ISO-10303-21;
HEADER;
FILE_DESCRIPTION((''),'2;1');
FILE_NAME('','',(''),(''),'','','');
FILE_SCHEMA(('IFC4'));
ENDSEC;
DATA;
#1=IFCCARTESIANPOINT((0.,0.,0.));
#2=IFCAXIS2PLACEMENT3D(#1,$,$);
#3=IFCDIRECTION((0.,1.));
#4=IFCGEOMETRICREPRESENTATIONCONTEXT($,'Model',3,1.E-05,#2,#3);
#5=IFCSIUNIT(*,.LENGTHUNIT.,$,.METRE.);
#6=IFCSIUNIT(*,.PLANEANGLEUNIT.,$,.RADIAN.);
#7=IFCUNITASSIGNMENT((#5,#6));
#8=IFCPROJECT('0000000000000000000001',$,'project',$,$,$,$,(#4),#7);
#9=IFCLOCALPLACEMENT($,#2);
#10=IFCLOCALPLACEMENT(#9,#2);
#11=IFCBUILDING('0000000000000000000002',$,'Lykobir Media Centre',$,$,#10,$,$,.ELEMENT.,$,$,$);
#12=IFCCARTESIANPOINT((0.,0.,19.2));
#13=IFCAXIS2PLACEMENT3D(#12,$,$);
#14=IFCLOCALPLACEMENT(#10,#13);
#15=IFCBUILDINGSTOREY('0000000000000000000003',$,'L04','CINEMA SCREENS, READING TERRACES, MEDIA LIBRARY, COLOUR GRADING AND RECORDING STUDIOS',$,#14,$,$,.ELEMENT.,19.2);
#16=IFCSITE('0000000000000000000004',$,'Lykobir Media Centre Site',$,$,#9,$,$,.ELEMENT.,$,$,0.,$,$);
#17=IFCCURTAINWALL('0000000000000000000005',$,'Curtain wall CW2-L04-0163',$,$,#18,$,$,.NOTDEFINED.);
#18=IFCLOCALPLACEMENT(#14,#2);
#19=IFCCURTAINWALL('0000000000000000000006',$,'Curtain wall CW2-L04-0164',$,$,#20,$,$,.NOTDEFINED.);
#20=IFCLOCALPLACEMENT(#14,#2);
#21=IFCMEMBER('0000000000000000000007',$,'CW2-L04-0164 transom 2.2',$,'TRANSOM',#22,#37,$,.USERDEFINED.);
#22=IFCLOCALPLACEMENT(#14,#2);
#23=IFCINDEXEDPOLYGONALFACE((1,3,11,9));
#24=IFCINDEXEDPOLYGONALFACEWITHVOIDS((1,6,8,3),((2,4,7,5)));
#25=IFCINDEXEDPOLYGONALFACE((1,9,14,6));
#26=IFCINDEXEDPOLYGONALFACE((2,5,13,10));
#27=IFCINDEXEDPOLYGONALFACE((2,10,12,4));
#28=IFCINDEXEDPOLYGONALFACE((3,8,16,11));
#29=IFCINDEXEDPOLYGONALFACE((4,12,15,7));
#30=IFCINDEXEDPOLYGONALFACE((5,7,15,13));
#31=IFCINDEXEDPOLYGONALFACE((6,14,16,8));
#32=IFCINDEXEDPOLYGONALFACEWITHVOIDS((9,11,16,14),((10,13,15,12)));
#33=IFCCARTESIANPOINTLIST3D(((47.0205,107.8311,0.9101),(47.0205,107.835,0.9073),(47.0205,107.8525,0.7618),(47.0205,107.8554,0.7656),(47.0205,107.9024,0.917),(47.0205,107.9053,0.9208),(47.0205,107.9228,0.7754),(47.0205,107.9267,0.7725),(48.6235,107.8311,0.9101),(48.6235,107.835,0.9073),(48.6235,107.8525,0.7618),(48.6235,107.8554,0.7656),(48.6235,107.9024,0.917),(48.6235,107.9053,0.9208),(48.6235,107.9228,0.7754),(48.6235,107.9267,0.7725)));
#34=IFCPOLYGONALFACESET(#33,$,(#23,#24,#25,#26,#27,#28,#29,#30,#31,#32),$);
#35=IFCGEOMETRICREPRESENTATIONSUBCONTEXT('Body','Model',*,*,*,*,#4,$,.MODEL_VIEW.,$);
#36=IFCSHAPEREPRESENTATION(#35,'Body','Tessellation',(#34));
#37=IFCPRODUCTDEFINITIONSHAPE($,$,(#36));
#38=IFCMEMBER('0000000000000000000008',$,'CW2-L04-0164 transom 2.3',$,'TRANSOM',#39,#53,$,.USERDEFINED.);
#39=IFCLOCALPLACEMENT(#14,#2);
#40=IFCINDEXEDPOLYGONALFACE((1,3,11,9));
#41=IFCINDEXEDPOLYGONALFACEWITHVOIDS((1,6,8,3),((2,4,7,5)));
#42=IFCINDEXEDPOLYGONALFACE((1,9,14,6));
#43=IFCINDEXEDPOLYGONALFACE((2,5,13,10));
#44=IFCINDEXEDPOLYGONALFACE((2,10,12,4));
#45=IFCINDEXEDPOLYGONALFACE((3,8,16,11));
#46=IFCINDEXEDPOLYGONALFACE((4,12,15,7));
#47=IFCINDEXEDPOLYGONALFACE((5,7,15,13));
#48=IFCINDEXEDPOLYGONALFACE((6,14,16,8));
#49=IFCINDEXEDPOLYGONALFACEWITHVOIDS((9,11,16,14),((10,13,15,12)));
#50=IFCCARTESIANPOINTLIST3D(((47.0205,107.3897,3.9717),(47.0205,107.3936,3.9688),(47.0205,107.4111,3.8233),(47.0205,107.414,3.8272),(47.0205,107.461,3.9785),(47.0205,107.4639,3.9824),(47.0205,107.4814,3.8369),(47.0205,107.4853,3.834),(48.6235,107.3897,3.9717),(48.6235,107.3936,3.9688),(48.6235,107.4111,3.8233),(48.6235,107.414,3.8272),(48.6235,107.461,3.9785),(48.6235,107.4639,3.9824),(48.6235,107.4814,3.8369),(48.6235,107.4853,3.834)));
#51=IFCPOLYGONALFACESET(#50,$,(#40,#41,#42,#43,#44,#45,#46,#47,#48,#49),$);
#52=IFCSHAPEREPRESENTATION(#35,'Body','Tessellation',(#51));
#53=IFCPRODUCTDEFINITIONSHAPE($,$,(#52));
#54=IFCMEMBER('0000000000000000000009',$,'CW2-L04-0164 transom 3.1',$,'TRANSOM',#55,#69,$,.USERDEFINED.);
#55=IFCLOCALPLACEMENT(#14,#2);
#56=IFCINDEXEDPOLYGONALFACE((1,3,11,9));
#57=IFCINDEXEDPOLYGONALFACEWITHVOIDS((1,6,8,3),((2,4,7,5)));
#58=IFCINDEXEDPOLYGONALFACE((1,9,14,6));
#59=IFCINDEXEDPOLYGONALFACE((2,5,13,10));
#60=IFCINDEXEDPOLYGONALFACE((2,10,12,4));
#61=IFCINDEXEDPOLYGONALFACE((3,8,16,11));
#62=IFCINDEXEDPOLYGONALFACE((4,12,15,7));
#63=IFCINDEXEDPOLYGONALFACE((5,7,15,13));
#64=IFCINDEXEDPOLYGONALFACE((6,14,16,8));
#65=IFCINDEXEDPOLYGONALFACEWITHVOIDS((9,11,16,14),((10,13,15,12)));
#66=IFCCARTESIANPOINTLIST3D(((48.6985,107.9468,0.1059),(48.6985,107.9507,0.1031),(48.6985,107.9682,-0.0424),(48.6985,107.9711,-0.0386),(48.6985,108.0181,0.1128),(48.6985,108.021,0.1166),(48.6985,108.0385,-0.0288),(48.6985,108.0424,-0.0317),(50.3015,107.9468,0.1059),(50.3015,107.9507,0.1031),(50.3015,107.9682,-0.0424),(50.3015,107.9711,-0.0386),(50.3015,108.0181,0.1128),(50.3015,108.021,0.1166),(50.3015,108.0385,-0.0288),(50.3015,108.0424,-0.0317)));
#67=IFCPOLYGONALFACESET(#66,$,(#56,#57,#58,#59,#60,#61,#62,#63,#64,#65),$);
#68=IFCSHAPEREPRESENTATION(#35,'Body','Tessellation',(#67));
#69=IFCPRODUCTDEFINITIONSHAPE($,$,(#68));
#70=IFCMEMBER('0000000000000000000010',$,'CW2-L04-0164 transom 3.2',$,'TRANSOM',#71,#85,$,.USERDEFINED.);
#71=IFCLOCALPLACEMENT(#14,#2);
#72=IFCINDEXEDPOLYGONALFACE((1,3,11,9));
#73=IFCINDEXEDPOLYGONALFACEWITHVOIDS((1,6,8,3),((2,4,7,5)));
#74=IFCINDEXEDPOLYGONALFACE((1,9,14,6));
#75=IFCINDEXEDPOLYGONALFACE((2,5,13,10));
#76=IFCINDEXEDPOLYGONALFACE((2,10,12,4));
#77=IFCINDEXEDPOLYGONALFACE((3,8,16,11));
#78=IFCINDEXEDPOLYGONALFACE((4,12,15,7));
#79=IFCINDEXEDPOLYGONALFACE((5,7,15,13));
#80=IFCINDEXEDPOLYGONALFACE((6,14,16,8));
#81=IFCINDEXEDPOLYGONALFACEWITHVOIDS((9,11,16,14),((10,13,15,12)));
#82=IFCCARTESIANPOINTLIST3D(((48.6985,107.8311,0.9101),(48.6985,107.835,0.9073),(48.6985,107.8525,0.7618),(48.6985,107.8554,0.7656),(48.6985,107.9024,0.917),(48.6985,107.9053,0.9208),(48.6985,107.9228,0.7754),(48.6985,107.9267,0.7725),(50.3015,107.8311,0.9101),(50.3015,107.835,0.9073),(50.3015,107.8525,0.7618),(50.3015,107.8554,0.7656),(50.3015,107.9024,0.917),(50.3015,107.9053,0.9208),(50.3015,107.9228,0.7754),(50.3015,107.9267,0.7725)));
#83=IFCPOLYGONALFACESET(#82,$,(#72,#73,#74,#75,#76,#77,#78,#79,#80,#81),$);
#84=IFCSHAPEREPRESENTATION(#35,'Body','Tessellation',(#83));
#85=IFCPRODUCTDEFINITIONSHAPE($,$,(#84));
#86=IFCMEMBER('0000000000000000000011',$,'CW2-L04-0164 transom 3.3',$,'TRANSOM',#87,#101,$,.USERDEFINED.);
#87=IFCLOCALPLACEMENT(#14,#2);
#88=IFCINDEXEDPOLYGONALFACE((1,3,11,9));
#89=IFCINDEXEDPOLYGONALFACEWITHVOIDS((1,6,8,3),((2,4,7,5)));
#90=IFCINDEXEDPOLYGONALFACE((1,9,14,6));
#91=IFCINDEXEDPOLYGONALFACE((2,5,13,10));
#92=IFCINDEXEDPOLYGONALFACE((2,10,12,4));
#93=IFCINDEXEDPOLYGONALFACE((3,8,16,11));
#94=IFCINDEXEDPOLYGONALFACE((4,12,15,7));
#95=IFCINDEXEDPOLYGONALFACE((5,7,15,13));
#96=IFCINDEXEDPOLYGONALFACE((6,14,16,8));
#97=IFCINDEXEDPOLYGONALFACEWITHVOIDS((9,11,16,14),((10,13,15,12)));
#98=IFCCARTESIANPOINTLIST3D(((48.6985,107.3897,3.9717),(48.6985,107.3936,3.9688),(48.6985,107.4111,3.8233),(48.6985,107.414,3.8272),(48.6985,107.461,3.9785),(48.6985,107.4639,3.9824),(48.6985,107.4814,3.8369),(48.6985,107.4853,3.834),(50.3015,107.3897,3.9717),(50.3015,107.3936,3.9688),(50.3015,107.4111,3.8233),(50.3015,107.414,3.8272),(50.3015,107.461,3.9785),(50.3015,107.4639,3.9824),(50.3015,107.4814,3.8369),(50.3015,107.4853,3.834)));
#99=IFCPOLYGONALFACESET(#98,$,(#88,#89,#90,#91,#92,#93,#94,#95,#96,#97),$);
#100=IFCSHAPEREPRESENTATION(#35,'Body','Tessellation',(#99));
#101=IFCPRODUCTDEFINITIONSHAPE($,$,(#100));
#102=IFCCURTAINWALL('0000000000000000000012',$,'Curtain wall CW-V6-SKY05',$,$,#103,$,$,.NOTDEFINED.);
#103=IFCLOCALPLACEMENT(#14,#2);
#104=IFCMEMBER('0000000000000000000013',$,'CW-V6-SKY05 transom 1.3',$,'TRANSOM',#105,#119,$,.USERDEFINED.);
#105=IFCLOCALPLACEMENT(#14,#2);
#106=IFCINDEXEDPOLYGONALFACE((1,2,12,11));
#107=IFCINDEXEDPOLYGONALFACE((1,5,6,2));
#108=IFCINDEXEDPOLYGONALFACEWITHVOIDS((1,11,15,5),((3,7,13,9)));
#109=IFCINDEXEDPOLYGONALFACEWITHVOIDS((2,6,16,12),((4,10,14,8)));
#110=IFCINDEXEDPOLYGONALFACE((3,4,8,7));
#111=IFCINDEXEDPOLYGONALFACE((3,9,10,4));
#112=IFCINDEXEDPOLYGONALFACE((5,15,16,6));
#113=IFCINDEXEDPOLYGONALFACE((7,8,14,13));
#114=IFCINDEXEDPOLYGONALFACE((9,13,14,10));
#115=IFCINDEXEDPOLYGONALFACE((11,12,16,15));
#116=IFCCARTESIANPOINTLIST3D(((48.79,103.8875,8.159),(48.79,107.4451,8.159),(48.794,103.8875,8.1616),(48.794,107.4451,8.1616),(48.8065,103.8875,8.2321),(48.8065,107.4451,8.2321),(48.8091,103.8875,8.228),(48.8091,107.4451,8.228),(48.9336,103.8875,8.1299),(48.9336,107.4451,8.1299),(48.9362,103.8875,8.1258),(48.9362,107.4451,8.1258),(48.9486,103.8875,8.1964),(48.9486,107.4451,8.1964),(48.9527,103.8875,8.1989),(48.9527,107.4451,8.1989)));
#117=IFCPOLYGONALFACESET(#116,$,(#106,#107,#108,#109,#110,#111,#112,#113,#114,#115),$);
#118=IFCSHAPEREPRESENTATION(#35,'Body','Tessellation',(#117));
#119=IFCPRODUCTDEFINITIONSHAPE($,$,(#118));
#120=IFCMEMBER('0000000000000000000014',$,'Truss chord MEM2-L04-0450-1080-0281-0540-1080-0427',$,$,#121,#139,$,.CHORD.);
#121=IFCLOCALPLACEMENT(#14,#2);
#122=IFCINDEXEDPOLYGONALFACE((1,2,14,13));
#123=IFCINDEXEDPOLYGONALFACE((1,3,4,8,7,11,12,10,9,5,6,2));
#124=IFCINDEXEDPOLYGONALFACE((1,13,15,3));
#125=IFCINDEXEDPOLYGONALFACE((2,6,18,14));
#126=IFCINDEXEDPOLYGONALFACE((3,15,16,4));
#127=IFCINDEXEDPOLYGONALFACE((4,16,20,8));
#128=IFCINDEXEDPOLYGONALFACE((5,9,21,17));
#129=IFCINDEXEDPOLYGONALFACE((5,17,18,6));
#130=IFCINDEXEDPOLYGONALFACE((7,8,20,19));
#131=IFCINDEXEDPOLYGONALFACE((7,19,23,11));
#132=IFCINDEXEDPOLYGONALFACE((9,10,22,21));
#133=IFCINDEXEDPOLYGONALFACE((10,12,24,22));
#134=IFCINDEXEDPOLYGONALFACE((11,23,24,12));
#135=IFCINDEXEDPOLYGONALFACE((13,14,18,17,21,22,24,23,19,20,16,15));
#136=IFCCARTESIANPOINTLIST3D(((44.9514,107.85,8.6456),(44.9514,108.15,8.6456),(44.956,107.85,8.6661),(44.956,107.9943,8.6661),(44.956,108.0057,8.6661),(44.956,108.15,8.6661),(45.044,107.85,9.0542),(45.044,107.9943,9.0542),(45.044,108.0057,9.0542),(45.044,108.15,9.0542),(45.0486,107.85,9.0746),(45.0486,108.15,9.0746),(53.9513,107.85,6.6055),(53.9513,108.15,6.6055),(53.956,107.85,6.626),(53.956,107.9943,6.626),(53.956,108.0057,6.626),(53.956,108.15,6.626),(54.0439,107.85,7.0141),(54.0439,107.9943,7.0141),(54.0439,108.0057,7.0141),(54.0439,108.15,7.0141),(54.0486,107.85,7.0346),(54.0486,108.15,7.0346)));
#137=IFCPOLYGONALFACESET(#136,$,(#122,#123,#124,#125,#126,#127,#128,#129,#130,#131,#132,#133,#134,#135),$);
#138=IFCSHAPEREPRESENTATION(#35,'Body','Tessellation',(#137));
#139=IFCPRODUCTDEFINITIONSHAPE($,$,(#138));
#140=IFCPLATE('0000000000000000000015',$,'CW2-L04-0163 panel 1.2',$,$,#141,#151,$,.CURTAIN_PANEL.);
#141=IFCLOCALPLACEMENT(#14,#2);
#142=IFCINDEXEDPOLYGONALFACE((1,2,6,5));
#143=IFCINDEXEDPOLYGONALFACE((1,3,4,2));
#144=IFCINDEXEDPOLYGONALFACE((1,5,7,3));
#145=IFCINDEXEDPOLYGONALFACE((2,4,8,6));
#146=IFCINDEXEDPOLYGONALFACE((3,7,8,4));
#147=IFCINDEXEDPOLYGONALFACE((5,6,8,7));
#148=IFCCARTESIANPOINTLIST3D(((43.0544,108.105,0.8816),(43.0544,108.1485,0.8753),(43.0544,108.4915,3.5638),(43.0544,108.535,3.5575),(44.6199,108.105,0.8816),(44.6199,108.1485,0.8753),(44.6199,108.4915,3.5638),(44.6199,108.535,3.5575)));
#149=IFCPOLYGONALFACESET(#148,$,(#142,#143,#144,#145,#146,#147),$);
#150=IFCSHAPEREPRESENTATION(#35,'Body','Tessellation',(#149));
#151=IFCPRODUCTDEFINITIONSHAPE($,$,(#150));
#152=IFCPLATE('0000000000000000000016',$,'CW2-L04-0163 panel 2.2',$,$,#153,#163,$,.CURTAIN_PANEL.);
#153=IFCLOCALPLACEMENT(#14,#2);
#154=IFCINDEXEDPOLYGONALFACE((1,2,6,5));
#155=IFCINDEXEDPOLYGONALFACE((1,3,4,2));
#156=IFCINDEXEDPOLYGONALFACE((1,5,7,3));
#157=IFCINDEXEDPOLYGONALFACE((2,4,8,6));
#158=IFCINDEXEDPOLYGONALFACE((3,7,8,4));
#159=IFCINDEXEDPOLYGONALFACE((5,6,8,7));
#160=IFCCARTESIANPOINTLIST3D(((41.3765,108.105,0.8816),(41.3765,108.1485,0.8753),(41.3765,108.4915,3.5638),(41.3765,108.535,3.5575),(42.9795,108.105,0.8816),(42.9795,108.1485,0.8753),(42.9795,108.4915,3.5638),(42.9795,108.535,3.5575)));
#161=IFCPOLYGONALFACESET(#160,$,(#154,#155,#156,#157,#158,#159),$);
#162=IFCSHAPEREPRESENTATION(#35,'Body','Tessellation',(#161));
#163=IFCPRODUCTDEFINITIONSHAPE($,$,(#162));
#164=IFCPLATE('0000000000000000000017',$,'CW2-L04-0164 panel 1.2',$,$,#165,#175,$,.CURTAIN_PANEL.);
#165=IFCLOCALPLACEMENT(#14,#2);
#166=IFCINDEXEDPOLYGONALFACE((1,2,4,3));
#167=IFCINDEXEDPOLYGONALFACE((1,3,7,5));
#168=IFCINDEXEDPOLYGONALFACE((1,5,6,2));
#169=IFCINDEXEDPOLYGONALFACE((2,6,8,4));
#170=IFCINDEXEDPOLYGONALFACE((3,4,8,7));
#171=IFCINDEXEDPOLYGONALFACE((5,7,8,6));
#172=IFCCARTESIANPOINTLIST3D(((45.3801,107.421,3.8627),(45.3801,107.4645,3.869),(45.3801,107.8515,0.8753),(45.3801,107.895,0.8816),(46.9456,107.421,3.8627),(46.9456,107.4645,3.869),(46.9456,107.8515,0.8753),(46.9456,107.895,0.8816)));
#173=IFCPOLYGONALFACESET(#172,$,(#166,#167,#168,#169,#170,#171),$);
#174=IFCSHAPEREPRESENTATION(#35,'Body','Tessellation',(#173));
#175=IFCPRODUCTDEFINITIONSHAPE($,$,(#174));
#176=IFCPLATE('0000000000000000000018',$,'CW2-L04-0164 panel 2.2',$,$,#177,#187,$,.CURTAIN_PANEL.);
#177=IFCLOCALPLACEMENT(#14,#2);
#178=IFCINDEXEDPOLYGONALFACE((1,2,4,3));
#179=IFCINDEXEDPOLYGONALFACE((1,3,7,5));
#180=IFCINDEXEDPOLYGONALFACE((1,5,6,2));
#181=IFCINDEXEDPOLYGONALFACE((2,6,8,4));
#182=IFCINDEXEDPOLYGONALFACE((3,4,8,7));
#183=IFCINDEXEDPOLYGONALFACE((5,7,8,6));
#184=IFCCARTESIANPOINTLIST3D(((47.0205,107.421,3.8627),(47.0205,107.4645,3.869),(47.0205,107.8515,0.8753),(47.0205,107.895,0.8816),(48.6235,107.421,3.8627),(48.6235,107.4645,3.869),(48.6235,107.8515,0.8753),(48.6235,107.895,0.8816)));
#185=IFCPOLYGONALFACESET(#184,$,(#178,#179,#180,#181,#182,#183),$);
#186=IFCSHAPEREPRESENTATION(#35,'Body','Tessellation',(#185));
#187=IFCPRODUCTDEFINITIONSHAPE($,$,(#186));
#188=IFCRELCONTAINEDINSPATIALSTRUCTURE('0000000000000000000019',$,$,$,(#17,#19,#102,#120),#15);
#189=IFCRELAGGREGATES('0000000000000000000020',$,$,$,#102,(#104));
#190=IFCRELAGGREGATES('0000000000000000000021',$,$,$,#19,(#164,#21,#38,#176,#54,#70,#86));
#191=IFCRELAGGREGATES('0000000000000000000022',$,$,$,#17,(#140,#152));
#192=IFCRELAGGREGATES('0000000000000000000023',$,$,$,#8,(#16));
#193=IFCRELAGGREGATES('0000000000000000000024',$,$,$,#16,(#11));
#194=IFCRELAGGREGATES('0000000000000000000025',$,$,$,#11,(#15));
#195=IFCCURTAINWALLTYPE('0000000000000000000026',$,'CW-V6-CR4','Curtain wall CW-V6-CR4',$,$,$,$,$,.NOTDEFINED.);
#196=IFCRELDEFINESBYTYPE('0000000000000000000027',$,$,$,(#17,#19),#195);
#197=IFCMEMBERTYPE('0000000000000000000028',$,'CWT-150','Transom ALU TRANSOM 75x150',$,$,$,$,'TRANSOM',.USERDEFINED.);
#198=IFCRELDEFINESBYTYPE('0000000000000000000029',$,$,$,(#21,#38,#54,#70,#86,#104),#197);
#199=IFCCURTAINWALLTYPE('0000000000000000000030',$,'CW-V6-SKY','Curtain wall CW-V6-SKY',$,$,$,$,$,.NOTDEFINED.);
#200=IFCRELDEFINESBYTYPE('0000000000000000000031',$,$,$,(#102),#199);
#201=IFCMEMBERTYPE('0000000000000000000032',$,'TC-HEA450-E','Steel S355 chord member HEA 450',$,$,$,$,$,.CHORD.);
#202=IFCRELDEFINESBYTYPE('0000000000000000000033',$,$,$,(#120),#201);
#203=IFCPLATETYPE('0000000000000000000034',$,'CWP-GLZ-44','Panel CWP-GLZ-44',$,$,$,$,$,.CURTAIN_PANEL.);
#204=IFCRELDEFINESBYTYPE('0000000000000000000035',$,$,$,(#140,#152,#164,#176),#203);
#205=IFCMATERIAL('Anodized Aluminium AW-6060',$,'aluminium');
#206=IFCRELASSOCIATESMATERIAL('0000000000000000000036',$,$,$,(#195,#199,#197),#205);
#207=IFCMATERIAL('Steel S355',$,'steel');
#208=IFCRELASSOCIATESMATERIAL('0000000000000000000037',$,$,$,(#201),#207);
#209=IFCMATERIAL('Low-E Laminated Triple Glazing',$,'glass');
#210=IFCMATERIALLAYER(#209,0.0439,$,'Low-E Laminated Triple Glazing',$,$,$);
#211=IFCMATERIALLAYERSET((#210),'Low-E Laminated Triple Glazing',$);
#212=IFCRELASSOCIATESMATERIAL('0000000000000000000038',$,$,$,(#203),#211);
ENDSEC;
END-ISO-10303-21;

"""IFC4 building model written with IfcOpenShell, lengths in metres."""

from ifc_helpers import new_model, si_unit, direction, frame, origin, origin_2d, place, context, subcontext, project, spatial, rectangle, hollow_rectangle, i_section, extrude, material, layer, layer_set, material_profile, profile_set, type_object, element, aggregate, save


model = new_model("IFC4")

# Units and contexts
model_context = context("Model", 3, precision=1e-05, world=origin(), true_north=direction((0.0, 1.0)))
body_context = subcontext(model_context, "Body", "Model", "MODEL_VIEW")
ifc_project = project(units=[si_unit("LENGTHUNIT", "METRE"), si_unit("PLANEANGLEUNIT", "RADIAN")], contexts=[model_context])

# Site, building, storey
site_placement = place(None, origin())
site = spatial("IfcSite", under=ifc_project, at=site_placement, Name="Lykobir Media Centre Site", CompositionType="ELEMENT", RefElevation=0.0)
building_placement = place(site_placement, origin())
building = spatial("IfcBuilding", under=site, at=building_placement, Name="Lykobir Media Centre", CompositionType="ELEMENT")
storey_placement = place(building_placement, frame((0.0, 0.0, 19.2)))
storey = spatial("IfcBuildingStorey", under=building, at=storey_placement, Name="L04", Description="CINEMA SCREENS, READING TERRACES, MEDIA LIBRARY, COLOUR GRADING AND RECORDING STUDIOS", CompositionType="ELEMENT", Elevation=19.2)

# Shared definitions
ifc_material_1 = material(Name="Steel S355", Category="steel")

# Curtain walls
ifc_material_2 = material(Name="Anodized Aluminium AW-6060", Category="aluminium")
curtain_wall_type_1 = type_object("IfcCurtainWallType", Name="CW-V6-CR4", Description="Curtain wall CW-V6-CR4", PredefinedType="NOTDEFINED", material=ifc_material_2)
curtain_wall_1_placement = place(storey_placement, origin())
curtain_wall_1 = element("IfcCurtainWall", 1, at=curtain_wall_1_placement, inside=storey, type_object=curtain_wall_type_1, Name="Curtain wall CW2-L04-0163", PredefinedType="NOTDEFINED")
curtain_wall_2_placement = place(storey_placement, origin())
curtain_wall_2 = element("IfcCurtainWall", 2, at=curtain_wall_2_placement, inside=storey, type_object=curtain_wall_type_1, Name="Curtain wall CW2-L04-0164", PredefinedType="NOTDEFINED")

# Members
ifc_material_profile_1 = material_profile(ifc_material_2, hollow_rectangle(XDim=0.075, YDim=0.1499, WallThickness=0.0034, at=origin_2d()), Name="ALU TRANSOM 75x150")
ifc_profile_set_1 = profile_set([ifc_material_profile_1], Name="Anodized Aluminium AW-6060")
member_type_1 = type_object("IfcMemberType", Name="CWT-150", Description="Transom ALU TRANSOM 75x150", ElementType="TRANSOM", PredefinedType="USERDEFINED", material=ifc_profile_set_1)
member_1_placement = place(storey_placement, frame((47.0205, 107.8789, 0.8413), z_axis=(1.0, 0.0, 0.0), x_axis=(0.0, 0.989776, 0.142629)))
member_1 = element("IfcMember", 3, at=member_1_placement, type_object=member_type_1, Name="CW2-L04-0164 transom 2.2", ObjectType="TRANSOM", PredefinedType="USERDEFINED", context=body_context, shape_type="SweptSolid", body=[
    extrude(hollow_rectangle(XDim=0.075, YDim=0.1499, WallThickness=0.0034, at=origin_2d()), origin(), (0.0, 0.0, 1.0), 1.603),
])
member_2_placement = place(storey_placement, frame((47.0205, 107.4375, 3.9028), z_axis=(1.0, 0.0, 0.0), x_axis=(0.0, 0.989776, 0.142629)))
member_2 = element("IfcMember", 4, at=member_2_placement, type_object=member_type_1, Name="CW2-L04-0164 transom 2.3", ObjectType="TRANSOM", PredefinedType="USERDEFINED", context=body_context, shape_type="SweptSolid", body=[
    extrude(hollow_rectangle(XDim=0.075, YDim=0.1499, WallThickness=0.0034, at=origin_2d()), origin(), (0.0, 0.0, 1.0), 1.603),
])
member_3_placement = place(storey_placement, frame((48.6985, 107.9946, 0.0371), z_axis=(1.0, 0.0, 0.0), x_axis=(0.0, 0.989776, 0.142629)))
member_3 = element("IfcMember", 5, at=member_3_placement, type_object=member_type_1, Name="CW2-L04-0164 transom 3.1", ObjectType="TRANSOM", PredefinedType="USERDEFINED", context=body_context, shape_type="SweptSolid", body=[
    extrude(hollow_rectangle(XDim=0.075, YDim=0.1499, WallThickness=0.0034, at=origin_2d()), origin(), (0.0, 0.0, 1.0), 1.603),
])
member_4_placement = place(storey_placement, frame((48.6985, 107.8789, 0.8413), z_axis=(1.0, 0.0, 0.0), x_axis=(0.0, 0.989776, 0.142629)))
member_4 = element("IfcMember", 6, at=member_4_placement, type_object=member_type_1, Name="CW2-L04-0164 transom 3.2", ObjectType="TRANSOM", PredefinedType="USERDEFINED", context=body_context, shape_type="SweptSolid", body=[
    extrude(hollow_rectangle(XDim=0.075, YDim=0.1499, WallThickness=0.0034, at=origin_2d()), origin(), (0.0, 0.0, 1.0), 1.603),
])
member_5_placement = place(storey_placement, frame((48.6985, 107.4375, 3.9028), z_axis=(1.0, 0.0, 0.0), x_axis=(0.0, 0.989776, 0.142629)))
member_5 = element("IfcMember", 7, at=member_5_placement, type_object=member_type_1, Name="CW2-L04-0164 transom 3.3", ObjectType="TRANSOM", PredefinedType="USERDEFINED", context=body_context, shape_type="SweptSolid", body=[
    extrude(hollow_rectangle(XDim=0.075, YDim=0.1499, WallThickness=0.0034, at=origin_2d()), origin(), (0.0, 0.0, 1.0), 1.603),
])

# Curtain wall, member
curtain_wall_type_2 = type_object("IfcCurtainWallType", Name="CW-V6-SKY", Description="Curtain wall CW-V6-SKY", PredefinedType="NOTDEFINED", material=ifc_material_2)
curtain_wall_3_placement = place(storey_placement, origin())
curtain_wall_3 = element("IfcCurtainWall", 8, at=curtain_wall_3_placement, inside=storey, type_object=curtain_wall_type_2, Name="Curtain wall CW-V6-SKY05", PredefinedType="NOTDEFINED")
member_6_placement = place(storey_placement, frame((48.8713, 107.4451, 8.179), z_axis=(0.0, -1.0, 0.0), x_axis=(0.221055, 0.0, 0.975261)))
member_6 = element("IfcMember", 9, at=member_6_placement, type_object=member_type_1, Name="CW-V6-SKY05 transom 1.3", ObjectType="TRANSOM", PredefinedType="USERDEFINED", context=body_context, shape_type="SweptSolid", body=[
    extrude(hollow_rectangle(XDim=0.075, YDim=0.1499, WallThickness=0.0034, at=origin_2d()), origin(), (0.0, 0.0, 1.0), 3.5576),
])
aggregate(curtain_wall_3, [member_6])

# Member
ifc_material_profile_2 = material_profile(ifc_material_1, i_section(OverallWidth=0.3, OverallDepth=0.4399, WebThickness=0.0115, FlangeThickness=0.021, at=origin_2d()), Name="HEA 450")
ifc_profile_set_2 = profile_set([ifc_material_profile_2], Name="Steel S355")
member_type_2 = type_object("IfcMemberType", Name="TC-HEA450-E", Description="Steel S355 chord member HEA 450", PredefinedType="CHORD", material=ifc_profile_set_2)
member_7_placement = place(storey_placement, frame((45.0, 108.0, 8.8601), z_axis=(0.97526, 0.0, -0.221063), x_axis=(0.0, 1.0, 0.0)))
element("IfcMember", 10, at=member_7_placement, inside=storey, type_object=member_type_2, Name="Truss chord MEM2-L04-0450-1080-0281-0540-1080-0427", PredefinedType="CHORD", context=body_context, shape_type="SweptSolid", body=[
    extrude(i_section(OverallWidth=0.3, OverallDepth=0.4399, WebThickness=0.0115, FlangeThickness=0.021, at=origin_2d()), origin(), (0.0, 0.0, 1.0), 9.2283),
])

# Plates
ifc_material_3 = material(Name="Low-E Laminated Triple Glazing", Category="glass")
ifc_layer_1 = layer(ifc_material_3, 0.0439, Name="Low-E Laminated Triple Glazing")
ifc_layer_set_1 = layer_set([ifc_layer_1], Name="Low-E Laminated Triple Glazing")
plate_type_1 = type_object("IfcPlateType", Name="CWP-GLZ-44", Description="Panel CWP-GLZ-44", PredefinedType="CURTAIN_PANEL", material=ifc_layer_set_1)
plate_1_placement = place(storey_placement, frame((43.8372, 108.1267, 0.8784), z_axis=(0.0, 0.142629, 0.989776), x_axis=(-1.0, 0.0, 0.0)))
plate_1 = element("IfcPlate", 11, at=plate_1_placement, type_object=plate_type_1, Name="CW2-L04-0163 panel 1.2", PredefinedType="CURTAIN_PANEL", context=body_context, shape_type="SweptSolid", body=[
    extrude(rectangle(XDim=1.5654, YDim=0.0439, at=origin_2d()), origin(), (0.0, 0.0, 1.0), 2.71),
])
plate_2_placement = place(storey_placement, frame((42.178, 108.1267, 0.8784), z_axis=(0.0, 0.142629, 0.989776), x_axis=(-1.0, 0.0, 0.0)))
plate_2 = element("IfcPlate", 12, at=plate_2_placement, type_object=plate_type_1, Name="CW2-L04-0163 panel 2.2", PredefinedType="CURTAIN_PANEL", context=body_context, shape_type="SweptSolid", body=[
    extrude(rectangle(XDim=1.603, YDim=0.0439, at=origin_2d()), origin(), (0.0, 0.0, 1.0), 2.71),
])
plate_3_placement = place(storey_placement, frame((46.1628, 107.8733, 0.8784), z_axis=(0.0, -0.142629, 0.989776), x_axis=(1.0, 0.0, 0.0)))
plate_3 = element("IfcPlate", 13, at=plate_3_placement, type_object=plate_type_1, Name="CW2-L04-0164 panel 1.2", PredefinedType="CURTAIN_PANEL", context=body_context, shape_type="SweptSolid", body=[
    extrude(rectangle(XDim=1.5654, YDim=0.0439, at=origin_2d()), origin(), (0.0, 0.0, 1.0), 3.0183),
])
plate_4_placement = place(storey_placement, frame((47.822, 107.8733, 0.8784), z_axis=(0.0, -0.142629, 0.989776), x_axis=(1.0, 0.0, 0.0)))
plate_4 = element("IfcPlate", 14, at=plate_4_placement, type_object=plate_type_1, Name="CW2-L04-0164 panel 2.2", PredefinedType="CURTAIN_PANEL", context=body_context, shape_type="SweptSolid", body=[
    extrude(rectangle(XDim=1.603, YDim=0.0439, at=origin_2d()), origin(), (0.0, 0.0, 1.0), 3.0183),
])
aggregate(curtain_wall_2, [plate_3, member_1, member_2, plate_4, member_3, member_4, member_5])
aggregate(curtain_wall_1, [plate_1, plate_2])

save(model, "model.ifc")
